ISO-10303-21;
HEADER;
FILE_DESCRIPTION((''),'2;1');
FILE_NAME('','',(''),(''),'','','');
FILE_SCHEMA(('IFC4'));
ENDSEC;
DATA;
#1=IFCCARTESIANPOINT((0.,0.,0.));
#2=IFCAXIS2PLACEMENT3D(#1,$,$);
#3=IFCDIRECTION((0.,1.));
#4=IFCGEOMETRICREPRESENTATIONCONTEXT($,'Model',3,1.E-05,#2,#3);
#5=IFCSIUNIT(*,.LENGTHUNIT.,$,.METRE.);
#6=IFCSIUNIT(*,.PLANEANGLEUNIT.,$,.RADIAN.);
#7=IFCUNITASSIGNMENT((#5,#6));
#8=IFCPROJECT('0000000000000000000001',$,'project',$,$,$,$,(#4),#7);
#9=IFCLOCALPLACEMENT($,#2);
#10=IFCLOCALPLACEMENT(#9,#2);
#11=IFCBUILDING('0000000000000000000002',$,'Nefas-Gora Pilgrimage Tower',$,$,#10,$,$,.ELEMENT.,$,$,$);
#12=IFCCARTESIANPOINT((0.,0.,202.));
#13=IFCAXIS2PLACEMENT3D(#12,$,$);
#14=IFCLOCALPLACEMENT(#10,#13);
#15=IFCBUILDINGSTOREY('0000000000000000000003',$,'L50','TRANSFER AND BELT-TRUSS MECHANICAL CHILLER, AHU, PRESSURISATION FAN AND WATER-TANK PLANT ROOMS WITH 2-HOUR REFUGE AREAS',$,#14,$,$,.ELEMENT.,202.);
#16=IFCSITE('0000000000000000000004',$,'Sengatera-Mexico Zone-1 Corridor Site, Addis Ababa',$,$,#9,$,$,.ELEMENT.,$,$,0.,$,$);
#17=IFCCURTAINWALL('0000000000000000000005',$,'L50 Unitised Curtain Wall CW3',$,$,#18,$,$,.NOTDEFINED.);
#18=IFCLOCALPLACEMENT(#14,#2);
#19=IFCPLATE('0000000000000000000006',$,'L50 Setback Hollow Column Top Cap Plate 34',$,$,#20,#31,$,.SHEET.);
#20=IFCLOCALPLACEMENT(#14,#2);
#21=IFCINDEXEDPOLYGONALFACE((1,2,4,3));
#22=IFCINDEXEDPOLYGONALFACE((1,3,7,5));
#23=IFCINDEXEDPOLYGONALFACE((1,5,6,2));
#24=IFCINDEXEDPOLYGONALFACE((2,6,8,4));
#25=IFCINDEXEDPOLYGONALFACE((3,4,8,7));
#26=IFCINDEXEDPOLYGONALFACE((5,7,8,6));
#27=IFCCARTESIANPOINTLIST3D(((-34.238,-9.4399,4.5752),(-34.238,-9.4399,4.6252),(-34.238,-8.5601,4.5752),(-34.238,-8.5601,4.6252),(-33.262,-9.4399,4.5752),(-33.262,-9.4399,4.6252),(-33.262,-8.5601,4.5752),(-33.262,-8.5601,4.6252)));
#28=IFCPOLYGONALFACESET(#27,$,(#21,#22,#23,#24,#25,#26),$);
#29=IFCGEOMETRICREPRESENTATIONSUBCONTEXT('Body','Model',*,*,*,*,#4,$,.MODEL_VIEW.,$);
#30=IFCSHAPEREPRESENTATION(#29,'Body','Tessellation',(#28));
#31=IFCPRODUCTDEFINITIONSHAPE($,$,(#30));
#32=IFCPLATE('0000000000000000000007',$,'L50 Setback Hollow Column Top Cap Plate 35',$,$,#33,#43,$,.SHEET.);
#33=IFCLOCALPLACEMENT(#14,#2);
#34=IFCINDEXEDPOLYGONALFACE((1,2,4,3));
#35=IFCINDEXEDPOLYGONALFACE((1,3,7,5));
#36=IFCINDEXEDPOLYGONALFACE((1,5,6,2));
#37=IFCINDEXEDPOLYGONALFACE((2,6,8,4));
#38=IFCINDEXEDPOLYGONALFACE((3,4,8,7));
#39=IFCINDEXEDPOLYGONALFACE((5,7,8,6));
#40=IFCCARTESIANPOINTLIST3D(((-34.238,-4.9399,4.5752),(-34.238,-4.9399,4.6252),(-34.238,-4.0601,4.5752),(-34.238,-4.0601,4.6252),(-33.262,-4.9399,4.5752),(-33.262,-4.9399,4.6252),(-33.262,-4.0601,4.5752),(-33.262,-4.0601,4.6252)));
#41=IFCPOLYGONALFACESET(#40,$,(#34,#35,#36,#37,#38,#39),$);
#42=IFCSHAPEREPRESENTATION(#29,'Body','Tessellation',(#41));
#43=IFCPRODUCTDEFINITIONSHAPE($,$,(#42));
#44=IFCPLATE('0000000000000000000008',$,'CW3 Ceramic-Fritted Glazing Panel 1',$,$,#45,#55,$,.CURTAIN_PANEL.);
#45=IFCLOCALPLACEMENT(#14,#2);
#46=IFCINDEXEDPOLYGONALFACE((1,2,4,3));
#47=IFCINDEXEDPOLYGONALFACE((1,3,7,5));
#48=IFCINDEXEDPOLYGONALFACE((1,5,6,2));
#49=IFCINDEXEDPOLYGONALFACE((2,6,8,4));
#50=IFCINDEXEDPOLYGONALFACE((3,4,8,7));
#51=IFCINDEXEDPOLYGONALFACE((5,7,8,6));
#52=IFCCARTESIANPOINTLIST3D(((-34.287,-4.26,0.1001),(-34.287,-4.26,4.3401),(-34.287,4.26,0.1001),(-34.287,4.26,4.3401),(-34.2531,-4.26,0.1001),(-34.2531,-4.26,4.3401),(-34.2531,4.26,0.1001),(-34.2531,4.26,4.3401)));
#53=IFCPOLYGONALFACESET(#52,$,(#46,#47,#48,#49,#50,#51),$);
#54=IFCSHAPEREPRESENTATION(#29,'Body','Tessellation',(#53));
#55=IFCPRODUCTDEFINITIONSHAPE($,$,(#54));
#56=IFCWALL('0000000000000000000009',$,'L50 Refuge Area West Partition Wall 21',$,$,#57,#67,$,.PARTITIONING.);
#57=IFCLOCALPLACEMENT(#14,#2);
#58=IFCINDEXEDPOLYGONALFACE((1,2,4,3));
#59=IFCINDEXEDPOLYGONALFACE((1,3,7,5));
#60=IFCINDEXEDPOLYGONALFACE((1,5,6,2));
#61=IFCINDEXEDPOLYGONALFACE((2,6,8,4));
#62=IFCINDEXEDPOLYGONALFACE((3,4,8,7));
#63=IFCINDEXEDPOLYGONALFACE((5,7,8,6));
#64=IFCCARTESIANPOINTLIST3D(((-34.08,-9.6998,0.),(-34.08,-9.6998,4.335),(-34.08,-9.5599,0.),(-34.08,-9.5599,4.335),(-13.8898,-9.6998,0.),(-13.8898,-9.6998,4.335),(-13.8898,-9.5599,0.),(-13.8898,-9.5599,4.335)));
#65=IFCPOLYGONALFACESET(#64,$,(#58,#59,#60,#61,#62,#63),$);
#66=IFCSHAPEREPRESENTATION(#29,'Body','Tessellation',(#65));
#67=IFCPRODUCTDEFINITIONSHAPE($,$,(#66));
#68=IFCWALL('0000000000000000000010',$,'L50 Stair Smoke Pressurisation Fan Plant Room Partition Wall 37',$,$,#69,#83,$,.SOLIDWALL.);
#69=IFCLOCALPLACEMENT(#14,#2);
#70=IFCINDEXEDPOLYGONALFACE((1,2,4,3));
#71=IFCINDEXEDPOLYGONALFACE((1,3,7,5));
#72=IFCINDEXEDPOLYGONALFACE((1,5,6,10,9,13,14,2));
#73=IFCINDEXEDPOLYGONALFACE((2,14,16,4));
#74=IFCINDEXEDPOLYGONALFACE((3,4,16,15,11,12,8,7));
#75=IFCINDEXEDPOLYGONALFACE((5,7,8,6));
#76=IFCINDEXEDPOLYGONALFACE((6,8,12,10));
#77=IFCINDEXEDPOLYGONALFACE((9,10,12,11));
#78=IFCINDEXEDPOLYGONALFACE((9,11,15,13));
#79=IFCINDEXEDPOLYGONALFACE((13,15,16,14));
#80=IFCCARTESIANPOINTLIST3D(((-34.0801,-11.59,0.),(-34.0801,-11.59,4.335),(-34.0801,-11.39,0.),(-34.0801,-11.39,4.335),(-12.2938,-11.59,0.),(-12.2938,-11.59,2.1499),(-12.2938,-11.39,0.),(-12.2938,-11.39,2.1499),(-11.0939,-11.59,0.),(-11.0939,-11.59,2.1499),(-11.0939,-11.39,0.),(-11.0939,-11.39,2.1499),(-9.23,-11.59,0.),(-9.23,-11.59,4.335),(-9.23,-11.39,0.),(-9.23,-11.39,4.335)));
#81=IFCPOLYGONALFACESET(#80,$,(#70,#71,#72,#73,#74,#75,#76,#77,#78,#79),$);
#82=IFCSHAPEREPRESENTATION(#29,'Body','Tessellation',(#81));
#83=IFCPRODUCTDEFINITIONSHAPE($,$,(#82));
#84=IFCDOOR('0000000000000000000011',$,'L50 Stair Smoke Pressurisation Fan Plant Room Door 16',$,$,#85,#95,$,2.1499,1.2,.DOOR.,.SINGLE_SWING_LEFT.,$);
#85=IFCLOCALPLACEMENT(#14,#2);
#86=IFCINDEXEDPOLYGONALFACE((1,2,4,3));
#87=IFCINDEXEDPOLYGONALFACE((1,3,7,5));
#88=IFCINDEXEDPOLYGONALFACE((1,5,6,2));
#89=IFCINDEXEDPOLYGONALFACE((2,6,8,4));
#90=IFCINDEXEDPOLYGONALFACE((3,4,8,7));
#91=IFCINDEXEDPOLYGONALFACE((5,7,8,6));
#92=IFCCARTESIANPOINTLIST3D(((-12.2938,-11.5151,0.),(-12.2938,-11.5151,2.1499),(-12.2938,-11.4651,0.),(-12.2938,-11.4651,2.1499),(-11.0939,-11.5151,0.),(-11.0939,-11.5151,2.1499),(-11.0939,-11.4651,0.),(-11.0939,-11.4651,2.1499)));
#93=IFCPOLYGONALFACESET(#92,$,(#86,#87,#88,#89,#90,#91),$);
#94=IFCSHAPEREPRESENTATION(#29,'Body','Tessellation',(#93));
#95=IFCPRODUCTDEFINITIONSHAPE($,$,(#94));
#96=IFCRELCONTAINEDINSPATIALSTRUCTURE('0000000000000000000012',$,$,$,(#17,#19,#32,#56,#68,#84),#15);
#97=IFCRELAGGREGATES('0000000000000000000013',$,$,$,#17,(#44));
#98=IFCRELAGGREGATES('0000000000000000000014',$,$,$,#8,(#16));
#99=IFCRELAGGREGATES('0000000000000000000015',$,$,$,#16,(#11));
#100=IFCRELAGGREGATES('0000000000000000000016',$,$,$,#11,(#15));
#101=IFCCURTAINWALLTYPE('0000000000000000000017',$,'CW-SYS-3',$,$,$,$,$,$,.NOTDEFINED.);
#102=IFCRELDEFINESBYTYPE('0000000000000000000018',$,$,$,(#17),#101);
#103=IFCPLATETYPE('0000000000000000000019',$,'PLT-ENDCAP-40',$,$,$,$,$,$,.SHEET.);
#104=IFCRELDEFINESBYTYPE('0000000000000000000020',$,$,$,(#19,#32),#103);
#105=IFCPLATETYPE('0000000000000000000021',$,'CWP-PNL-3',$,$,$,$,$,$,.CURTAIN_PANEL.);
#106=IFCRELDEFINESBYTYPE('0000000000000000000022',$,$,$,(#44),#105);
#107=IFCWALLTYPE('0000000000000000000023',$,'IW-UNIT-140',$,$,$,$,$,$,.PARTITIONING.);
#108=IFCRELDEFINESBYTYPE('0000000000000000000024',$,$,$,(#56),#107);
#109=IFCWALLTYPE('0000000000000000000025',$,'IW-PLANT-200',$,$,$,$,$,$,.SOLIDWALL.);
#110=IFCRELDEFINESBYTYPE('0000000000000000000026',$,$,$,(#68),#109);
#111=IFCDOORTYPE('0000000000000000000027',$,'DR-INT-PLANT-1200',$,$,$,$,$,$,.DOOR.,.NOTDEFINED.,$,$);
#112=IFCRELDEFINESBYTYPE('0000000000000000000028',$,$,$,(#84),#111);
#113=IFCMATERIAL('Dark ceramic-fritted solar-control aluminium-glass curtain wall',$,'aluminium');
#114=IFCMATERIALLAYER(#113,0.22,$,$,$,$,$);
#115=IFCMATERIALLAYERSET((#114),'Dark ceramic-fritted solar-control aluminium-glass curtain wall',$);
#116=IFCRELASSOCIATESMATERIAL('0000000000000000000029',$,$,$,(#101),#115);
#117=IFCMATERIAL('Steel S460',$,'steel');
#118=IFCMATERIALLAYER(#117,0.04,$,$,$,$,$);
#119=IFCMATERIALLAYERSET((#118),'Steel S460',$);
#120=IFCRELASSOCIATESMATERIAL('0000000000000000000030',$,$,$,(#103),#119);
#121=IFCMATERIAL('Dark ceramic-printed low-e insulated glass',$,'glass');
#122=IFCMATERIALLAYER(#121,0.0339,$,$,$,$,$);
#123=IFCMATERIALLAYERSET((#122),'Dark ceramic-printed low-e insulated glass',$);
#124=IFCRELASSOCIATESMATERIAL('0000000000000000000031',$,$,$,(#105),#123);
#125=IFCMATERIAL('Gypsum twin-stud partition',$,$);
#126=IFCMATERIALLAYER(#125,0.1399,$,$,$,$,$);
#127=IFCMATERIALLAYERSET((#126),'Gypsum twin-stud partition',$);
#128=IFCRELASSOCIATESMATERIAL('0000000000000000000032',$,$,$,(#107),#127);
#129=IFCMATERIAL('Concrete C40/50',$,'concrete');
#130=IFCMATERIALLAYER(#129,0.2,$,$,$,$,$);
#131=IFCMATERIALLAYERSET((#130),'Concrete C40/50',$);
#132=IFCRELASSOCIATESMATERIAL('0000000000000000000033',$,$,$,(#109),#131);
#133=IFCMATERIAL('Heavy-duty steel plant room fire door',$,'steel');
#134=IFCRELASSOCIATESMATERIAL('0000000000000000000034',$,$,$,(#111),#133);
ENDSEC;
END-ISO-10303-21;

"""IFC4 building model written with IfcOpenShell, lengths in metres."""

from ifc_helpers import new_model, si_unit, direction, frame, frame_2d, origin, origin_2d, place, context, subcontext, project, spatial, rectangle, extrude, source, transform, mapped, material, layer, layer_set, type_object, element, fill, aggregate, save


model = new_model("IFC4")

# Units and contexts
model_context = context("Model", 3, precision=1e-05, world=origin(), true_north=direction((0.0, 1.0)))
body_context = subcontext(model_context, "Body", "Model", "MODEL_VIEW")
ifc_project = project(units=[si_unit("LENGTHUNIT", "METRE"), si_unit("PLANEANGLEUNIT", "RADIAN")], contexts=[model_context])

# Site, building, storey
site_placement = place(None, origin())
site = spatial("IfcSite", under=ifc_project, at=site_placement, Name="Sengatera-Mexico Zone-1 Corridor Site, Addis Ababa", CompositionType="ELEMENT", RefElevation=0.0)
building_placement = place(site_placement, origin())
building = spatial("IfcBuilding", under=site, at=building_placement, Name="Nefas-Gora Pilgrimage Tower", CompositionType="ELEMENT")
storey_placement = place(building_placement, frame((0.0, 0.0, 202.0)))
storey = spatial("IfcBuildingStorey", under=building, at=storey_placement, Name="L50", Description="TRANSFER AND BELT-TRUSS MECHANICAL CHILLER, AHU, PRESSURISATION FAN AND WATER-TANK PLANT ROOMS WITH 2-HOUR REFUGE AREAS", CompositionType="ELEMENT", Elevation=202.0)

# Shared definitions
ifc_material_1 = material(Name="Steel S460", Category="steel")

# Curtain wall
ifc_material_2 = material(Name="Dark ceramic-fritted solar-control aluminium-glass curtain wall", Category="aluminium")
ifc_layer_1 = layer(ifc_material_2, 0.22)
ifc_layer_set_1 = layer_set([ifc_layer_1], Name="Dark ceramic-fritted solar-control aluminium-glass curtain wall")
curtain_wall_type = type_object("IfcCurtainWallType", Name="CW-SYS-3", PredefinedType="NOTDEFINED", material=ifc_layer_set_1)
curtain_wall_placement = place(storey_placement, origin())
curtain_wall = element("IfcCurtainWall", 1, at=curtain_wall_placement, inside=storey, type_object=curtain_wall_type, Name="L50 Unitised Curtain Wall CW3", PredefinedType="NOTDEFINED")

# Plates
ifc_layer_2 = layer(ifc_material_1, 0.04)
ifc_layer_set_2 = layer_set([ifc_layer_2], Name="Steel S460")
plate_type_1 = type_object("IfcPlateType", Name="PLT-ENDCAP-40", PredefinedType="SHEET", material=ifc_layer_set_2)
shared_shape_1 = source(origin(), body_context, "Body", "SweptSolid", [
    extrude(rectangle(XDim=0.9761, YDim=0.8799, at=origin_2d()), origin(), (0.0, 0.0, 1.0), 0.05),
])
for number, where, z_axis, x_axis, name in (
    (2, (-33.75, -9.0, 4.5752), (0.0, 0.0, 1.0), (1.0, 0.0, 0.0), "L50 Setback Hollow Column Top Cap Plate 34"),
    (3, (-33.75, -4.5, 4.5752), (0.0, 0.0, 1.0), (1.0, 0.0, 0.0), "L50 Setback Hollow Column Top Cap Plate 35"),
):
    element("IfcPlate", number, at=place(storey_placement, frame(where, z_axis=z_axis, x_axis=x_axis)), inside=storey, type_object=plate_type_1, Name=name, PredefinedType="SHEET", context=body_context, shape_type="MappedRepresentation", body=[
        mapped(shared_shape_1, transform((0.0, 0.0, 0.0), x_axis=(1.0, 0.0, 0.0), y_axis=(0.0, 1.0, 0.0), z_axis=(0.0, 0.0, 1.0), scale=1.0)),
    ])

# Plate
ifc_material_3 = material(Name="Dark ceramic-printed low-e insulated glass", Category="glass")
ifc_layer_3 = layer(ifc_material_3, 0.0339)
ifc_layer_set_3 = layer_set([ifc_layer_3], Name="Dark ceramic-printed low-e insulated glass")
plate_type_2 = type_object("IfcPlateType", Name="CWP-PNL-3", PredefinedType="CURTAIN_PANEL", material=ifc_layer_set_3)
shared_shape_2 = source(origin(), body_context, "Body", "SweptSolid", [
    extrude(rectangle(XDim=8.52, YDim=0.0339, at=origin_2d()), origin(), (0.0, 0.0, 1.0), 4.24),
])
plate_placement = place(storey_placement, frame((-34.27, 0.0, 0.1001), z_axis=(0.0, 0.0, 1.0), x_axis=(0.0, -1.0, 0.0)))
plate = element("IfcPlate", 4, at=plate_placement, type_object=plate_type_2, Name="CW3 Ceramic-Fritted Glazing Panel 1", PredefinedType="CURTAIN_PANEL", context=body_context, shape_type="MappedRepresentation", body=[
    mapped(shared_shape_2, transform((0.0, 0.0, 0.0), x_axis=(1.0, 0.0, 0.0), y_axis=(0.0, 1.0, 0.0), z_axis=(0.0, 0.0, 1.0), scale=1.0)),
])
aggregate(curtain_wall, [plate])

# Wall
ifc_material_4 = material(Name="Gypsum twin-stud partition")
ifc_layer_4 = layer(ifc_material_4, 0.1399)
ifc_layer_set_4 = layer_set([ifc_layer_4], Name="Gypsum twin-stud partition")
wall_type_1 = type_object("IfcWallType", Name="IW-UNIT-140", PredefinedType="PARTITIONING", material=ifc_layer_set_4)
shared_shape_3 = source(origin(), body_context, "Body", "SweptSolid", [
    extrude(rectangle(XDim=20.1902, YDim=0.1399, at=frame_2d((10.0952, 0.0))), origin(), (0.0, 0.0, 1.0), 4.335),
])
wall_1_placement = place(storey_placement, frame((-34.0801, -9.6299, 0.0), z_axis=(0.0, 0.0, 1.0), x_axis=(1.0, 0.0, 0.0)))
element("IfcWall", 5, at=wall_1_placement, inside=storey, type_object=wall_type_1, Name="L50 Refuge Area West Partition Wall 21", PredefinedType="PARTITIONING", context=body_context, shape_type="MappedRepresentation", body=[
    mapped(shared_shape_3, transform((0.0, 0.0, 0.0), x_axis=(1.0, 0.0, 0.0), y_axis=(0.0, 1.0, 0.0), z_axis=(0.0, 0.0, 1.0), scale=1.0)),
])

# Wall, opening, door
ifc_material_5 = material(Name="Concrete C40/50", Category="concrete")
ifc_layer_5 = layer(ifc_material_5, 0.2)
ifc_layer_set_5 = layer_set([ifc_layer_5], Name="Concrete C40/50")
wall_type_2 = type_object("IfcWallType", Name="IW-PLANT-200", PredefinedType="SOLIDWALL", material=ifc_layer_set_5)
shared_shape_4 = source(origin(), body_context, "Body", "SweptSolid", [
    extrude(rectangle(XDim=24.8501, YDim=0.2, at=frame_2d((12.425, 0.0))), origin(), (0.0, 0.0, 1.0), 4.335),
])
wall_2_placement = place(storey_placement, frame((-34.0801, -11.49, 0.0), z_axis=(0.0, 0.0, 1.0), x_axis=(1.0, 0.0, 0.0)))
wall_2 = element("IfcWall", 6, at=wall_2_placement, inside=storey, type_object=wall_type_2, Name="L50 Stair Smoke Pressurisation Fan Plant Room Partition Wall 37", PredefinedType="SOLIDWALL", context=body_context, shape_type="MappedRepresentation", body=[
    mapped(shared_shape_4, transform((0.0, 0.0, 0.0), x_axis=(1.0, 0.0, 0.0), y_axis=(0.0, 1.0, 0.0), z_axis=(0.0, 0.0, 1.0), scale=1.0)),
])
opening_placement = place(wall_2_placement, frame((21.7861, 0.0, 0.0)))
opening = element("IfcOpeningElement", 7, at=opening_placement, cuts=wall_2, PredefinedType="OPENING", context=body_context, shape_type="SweptSolid", body=[
    extrude(rectangle(XDim=1.2, YDim=2.1499, at=frame_2d((0.6001, 1.075))), frame((0.0, 0.1099, 0.0), z_axis=(0.0, -1.0, 0.0), x_axis=(1.0, 0.0, 0.0)), (0.0, 0.0, 1.0), 0.22),
])
ifc_material_6 = material(Name="Heavy-duty steel plant room fire door", Category="steel")
door_type = type_object("IfcDoorType", Name="DR-INT-PLANT-1200", OperationType="NOTDEFINED", PredefinedType="DOOR", material=ifc_material_6)
shared_shape_5 = source(origin(), body_context, "Body", "SweptSolid", [
    extrude(rectangle(XDim=1.2, YDim=2.1499, at=frame_2d((0.6001, 1.075))), frame((0.0, 0.0249, 0.0), z_axis=(0.0, -1.0, 0.0), x_axis=(1.0, 0.0, 0.0)), (0.0, 0.0, 1.0), 0.05),
])
door_placement = place(opening_placement, origin())
door = element("IfcDoor", 8, at=door_placement, inside=storey, type_object=door_type, Name="L50 Stair Smoke Pressurisation Fan Plant Room Door 16", OperationType="SINGLE_SWING_LEFT", OverallHeight=2.1499, OverallWidth=1.2, PredefinedType="DOOR", context=body_context, shape_type="MappedRepresentation", body=[
    mapped(shared_shape_5, transform((0.0, 0.0, 0.0), x_axis=(1.0, 0.0, 0.0), y_axis=(0.0, 1.0, 0.0), z_axis=(0.0, 0.0, 1.0), scale=1.0)),
])
fill(opening, door)

save(model, "model.ifc")
